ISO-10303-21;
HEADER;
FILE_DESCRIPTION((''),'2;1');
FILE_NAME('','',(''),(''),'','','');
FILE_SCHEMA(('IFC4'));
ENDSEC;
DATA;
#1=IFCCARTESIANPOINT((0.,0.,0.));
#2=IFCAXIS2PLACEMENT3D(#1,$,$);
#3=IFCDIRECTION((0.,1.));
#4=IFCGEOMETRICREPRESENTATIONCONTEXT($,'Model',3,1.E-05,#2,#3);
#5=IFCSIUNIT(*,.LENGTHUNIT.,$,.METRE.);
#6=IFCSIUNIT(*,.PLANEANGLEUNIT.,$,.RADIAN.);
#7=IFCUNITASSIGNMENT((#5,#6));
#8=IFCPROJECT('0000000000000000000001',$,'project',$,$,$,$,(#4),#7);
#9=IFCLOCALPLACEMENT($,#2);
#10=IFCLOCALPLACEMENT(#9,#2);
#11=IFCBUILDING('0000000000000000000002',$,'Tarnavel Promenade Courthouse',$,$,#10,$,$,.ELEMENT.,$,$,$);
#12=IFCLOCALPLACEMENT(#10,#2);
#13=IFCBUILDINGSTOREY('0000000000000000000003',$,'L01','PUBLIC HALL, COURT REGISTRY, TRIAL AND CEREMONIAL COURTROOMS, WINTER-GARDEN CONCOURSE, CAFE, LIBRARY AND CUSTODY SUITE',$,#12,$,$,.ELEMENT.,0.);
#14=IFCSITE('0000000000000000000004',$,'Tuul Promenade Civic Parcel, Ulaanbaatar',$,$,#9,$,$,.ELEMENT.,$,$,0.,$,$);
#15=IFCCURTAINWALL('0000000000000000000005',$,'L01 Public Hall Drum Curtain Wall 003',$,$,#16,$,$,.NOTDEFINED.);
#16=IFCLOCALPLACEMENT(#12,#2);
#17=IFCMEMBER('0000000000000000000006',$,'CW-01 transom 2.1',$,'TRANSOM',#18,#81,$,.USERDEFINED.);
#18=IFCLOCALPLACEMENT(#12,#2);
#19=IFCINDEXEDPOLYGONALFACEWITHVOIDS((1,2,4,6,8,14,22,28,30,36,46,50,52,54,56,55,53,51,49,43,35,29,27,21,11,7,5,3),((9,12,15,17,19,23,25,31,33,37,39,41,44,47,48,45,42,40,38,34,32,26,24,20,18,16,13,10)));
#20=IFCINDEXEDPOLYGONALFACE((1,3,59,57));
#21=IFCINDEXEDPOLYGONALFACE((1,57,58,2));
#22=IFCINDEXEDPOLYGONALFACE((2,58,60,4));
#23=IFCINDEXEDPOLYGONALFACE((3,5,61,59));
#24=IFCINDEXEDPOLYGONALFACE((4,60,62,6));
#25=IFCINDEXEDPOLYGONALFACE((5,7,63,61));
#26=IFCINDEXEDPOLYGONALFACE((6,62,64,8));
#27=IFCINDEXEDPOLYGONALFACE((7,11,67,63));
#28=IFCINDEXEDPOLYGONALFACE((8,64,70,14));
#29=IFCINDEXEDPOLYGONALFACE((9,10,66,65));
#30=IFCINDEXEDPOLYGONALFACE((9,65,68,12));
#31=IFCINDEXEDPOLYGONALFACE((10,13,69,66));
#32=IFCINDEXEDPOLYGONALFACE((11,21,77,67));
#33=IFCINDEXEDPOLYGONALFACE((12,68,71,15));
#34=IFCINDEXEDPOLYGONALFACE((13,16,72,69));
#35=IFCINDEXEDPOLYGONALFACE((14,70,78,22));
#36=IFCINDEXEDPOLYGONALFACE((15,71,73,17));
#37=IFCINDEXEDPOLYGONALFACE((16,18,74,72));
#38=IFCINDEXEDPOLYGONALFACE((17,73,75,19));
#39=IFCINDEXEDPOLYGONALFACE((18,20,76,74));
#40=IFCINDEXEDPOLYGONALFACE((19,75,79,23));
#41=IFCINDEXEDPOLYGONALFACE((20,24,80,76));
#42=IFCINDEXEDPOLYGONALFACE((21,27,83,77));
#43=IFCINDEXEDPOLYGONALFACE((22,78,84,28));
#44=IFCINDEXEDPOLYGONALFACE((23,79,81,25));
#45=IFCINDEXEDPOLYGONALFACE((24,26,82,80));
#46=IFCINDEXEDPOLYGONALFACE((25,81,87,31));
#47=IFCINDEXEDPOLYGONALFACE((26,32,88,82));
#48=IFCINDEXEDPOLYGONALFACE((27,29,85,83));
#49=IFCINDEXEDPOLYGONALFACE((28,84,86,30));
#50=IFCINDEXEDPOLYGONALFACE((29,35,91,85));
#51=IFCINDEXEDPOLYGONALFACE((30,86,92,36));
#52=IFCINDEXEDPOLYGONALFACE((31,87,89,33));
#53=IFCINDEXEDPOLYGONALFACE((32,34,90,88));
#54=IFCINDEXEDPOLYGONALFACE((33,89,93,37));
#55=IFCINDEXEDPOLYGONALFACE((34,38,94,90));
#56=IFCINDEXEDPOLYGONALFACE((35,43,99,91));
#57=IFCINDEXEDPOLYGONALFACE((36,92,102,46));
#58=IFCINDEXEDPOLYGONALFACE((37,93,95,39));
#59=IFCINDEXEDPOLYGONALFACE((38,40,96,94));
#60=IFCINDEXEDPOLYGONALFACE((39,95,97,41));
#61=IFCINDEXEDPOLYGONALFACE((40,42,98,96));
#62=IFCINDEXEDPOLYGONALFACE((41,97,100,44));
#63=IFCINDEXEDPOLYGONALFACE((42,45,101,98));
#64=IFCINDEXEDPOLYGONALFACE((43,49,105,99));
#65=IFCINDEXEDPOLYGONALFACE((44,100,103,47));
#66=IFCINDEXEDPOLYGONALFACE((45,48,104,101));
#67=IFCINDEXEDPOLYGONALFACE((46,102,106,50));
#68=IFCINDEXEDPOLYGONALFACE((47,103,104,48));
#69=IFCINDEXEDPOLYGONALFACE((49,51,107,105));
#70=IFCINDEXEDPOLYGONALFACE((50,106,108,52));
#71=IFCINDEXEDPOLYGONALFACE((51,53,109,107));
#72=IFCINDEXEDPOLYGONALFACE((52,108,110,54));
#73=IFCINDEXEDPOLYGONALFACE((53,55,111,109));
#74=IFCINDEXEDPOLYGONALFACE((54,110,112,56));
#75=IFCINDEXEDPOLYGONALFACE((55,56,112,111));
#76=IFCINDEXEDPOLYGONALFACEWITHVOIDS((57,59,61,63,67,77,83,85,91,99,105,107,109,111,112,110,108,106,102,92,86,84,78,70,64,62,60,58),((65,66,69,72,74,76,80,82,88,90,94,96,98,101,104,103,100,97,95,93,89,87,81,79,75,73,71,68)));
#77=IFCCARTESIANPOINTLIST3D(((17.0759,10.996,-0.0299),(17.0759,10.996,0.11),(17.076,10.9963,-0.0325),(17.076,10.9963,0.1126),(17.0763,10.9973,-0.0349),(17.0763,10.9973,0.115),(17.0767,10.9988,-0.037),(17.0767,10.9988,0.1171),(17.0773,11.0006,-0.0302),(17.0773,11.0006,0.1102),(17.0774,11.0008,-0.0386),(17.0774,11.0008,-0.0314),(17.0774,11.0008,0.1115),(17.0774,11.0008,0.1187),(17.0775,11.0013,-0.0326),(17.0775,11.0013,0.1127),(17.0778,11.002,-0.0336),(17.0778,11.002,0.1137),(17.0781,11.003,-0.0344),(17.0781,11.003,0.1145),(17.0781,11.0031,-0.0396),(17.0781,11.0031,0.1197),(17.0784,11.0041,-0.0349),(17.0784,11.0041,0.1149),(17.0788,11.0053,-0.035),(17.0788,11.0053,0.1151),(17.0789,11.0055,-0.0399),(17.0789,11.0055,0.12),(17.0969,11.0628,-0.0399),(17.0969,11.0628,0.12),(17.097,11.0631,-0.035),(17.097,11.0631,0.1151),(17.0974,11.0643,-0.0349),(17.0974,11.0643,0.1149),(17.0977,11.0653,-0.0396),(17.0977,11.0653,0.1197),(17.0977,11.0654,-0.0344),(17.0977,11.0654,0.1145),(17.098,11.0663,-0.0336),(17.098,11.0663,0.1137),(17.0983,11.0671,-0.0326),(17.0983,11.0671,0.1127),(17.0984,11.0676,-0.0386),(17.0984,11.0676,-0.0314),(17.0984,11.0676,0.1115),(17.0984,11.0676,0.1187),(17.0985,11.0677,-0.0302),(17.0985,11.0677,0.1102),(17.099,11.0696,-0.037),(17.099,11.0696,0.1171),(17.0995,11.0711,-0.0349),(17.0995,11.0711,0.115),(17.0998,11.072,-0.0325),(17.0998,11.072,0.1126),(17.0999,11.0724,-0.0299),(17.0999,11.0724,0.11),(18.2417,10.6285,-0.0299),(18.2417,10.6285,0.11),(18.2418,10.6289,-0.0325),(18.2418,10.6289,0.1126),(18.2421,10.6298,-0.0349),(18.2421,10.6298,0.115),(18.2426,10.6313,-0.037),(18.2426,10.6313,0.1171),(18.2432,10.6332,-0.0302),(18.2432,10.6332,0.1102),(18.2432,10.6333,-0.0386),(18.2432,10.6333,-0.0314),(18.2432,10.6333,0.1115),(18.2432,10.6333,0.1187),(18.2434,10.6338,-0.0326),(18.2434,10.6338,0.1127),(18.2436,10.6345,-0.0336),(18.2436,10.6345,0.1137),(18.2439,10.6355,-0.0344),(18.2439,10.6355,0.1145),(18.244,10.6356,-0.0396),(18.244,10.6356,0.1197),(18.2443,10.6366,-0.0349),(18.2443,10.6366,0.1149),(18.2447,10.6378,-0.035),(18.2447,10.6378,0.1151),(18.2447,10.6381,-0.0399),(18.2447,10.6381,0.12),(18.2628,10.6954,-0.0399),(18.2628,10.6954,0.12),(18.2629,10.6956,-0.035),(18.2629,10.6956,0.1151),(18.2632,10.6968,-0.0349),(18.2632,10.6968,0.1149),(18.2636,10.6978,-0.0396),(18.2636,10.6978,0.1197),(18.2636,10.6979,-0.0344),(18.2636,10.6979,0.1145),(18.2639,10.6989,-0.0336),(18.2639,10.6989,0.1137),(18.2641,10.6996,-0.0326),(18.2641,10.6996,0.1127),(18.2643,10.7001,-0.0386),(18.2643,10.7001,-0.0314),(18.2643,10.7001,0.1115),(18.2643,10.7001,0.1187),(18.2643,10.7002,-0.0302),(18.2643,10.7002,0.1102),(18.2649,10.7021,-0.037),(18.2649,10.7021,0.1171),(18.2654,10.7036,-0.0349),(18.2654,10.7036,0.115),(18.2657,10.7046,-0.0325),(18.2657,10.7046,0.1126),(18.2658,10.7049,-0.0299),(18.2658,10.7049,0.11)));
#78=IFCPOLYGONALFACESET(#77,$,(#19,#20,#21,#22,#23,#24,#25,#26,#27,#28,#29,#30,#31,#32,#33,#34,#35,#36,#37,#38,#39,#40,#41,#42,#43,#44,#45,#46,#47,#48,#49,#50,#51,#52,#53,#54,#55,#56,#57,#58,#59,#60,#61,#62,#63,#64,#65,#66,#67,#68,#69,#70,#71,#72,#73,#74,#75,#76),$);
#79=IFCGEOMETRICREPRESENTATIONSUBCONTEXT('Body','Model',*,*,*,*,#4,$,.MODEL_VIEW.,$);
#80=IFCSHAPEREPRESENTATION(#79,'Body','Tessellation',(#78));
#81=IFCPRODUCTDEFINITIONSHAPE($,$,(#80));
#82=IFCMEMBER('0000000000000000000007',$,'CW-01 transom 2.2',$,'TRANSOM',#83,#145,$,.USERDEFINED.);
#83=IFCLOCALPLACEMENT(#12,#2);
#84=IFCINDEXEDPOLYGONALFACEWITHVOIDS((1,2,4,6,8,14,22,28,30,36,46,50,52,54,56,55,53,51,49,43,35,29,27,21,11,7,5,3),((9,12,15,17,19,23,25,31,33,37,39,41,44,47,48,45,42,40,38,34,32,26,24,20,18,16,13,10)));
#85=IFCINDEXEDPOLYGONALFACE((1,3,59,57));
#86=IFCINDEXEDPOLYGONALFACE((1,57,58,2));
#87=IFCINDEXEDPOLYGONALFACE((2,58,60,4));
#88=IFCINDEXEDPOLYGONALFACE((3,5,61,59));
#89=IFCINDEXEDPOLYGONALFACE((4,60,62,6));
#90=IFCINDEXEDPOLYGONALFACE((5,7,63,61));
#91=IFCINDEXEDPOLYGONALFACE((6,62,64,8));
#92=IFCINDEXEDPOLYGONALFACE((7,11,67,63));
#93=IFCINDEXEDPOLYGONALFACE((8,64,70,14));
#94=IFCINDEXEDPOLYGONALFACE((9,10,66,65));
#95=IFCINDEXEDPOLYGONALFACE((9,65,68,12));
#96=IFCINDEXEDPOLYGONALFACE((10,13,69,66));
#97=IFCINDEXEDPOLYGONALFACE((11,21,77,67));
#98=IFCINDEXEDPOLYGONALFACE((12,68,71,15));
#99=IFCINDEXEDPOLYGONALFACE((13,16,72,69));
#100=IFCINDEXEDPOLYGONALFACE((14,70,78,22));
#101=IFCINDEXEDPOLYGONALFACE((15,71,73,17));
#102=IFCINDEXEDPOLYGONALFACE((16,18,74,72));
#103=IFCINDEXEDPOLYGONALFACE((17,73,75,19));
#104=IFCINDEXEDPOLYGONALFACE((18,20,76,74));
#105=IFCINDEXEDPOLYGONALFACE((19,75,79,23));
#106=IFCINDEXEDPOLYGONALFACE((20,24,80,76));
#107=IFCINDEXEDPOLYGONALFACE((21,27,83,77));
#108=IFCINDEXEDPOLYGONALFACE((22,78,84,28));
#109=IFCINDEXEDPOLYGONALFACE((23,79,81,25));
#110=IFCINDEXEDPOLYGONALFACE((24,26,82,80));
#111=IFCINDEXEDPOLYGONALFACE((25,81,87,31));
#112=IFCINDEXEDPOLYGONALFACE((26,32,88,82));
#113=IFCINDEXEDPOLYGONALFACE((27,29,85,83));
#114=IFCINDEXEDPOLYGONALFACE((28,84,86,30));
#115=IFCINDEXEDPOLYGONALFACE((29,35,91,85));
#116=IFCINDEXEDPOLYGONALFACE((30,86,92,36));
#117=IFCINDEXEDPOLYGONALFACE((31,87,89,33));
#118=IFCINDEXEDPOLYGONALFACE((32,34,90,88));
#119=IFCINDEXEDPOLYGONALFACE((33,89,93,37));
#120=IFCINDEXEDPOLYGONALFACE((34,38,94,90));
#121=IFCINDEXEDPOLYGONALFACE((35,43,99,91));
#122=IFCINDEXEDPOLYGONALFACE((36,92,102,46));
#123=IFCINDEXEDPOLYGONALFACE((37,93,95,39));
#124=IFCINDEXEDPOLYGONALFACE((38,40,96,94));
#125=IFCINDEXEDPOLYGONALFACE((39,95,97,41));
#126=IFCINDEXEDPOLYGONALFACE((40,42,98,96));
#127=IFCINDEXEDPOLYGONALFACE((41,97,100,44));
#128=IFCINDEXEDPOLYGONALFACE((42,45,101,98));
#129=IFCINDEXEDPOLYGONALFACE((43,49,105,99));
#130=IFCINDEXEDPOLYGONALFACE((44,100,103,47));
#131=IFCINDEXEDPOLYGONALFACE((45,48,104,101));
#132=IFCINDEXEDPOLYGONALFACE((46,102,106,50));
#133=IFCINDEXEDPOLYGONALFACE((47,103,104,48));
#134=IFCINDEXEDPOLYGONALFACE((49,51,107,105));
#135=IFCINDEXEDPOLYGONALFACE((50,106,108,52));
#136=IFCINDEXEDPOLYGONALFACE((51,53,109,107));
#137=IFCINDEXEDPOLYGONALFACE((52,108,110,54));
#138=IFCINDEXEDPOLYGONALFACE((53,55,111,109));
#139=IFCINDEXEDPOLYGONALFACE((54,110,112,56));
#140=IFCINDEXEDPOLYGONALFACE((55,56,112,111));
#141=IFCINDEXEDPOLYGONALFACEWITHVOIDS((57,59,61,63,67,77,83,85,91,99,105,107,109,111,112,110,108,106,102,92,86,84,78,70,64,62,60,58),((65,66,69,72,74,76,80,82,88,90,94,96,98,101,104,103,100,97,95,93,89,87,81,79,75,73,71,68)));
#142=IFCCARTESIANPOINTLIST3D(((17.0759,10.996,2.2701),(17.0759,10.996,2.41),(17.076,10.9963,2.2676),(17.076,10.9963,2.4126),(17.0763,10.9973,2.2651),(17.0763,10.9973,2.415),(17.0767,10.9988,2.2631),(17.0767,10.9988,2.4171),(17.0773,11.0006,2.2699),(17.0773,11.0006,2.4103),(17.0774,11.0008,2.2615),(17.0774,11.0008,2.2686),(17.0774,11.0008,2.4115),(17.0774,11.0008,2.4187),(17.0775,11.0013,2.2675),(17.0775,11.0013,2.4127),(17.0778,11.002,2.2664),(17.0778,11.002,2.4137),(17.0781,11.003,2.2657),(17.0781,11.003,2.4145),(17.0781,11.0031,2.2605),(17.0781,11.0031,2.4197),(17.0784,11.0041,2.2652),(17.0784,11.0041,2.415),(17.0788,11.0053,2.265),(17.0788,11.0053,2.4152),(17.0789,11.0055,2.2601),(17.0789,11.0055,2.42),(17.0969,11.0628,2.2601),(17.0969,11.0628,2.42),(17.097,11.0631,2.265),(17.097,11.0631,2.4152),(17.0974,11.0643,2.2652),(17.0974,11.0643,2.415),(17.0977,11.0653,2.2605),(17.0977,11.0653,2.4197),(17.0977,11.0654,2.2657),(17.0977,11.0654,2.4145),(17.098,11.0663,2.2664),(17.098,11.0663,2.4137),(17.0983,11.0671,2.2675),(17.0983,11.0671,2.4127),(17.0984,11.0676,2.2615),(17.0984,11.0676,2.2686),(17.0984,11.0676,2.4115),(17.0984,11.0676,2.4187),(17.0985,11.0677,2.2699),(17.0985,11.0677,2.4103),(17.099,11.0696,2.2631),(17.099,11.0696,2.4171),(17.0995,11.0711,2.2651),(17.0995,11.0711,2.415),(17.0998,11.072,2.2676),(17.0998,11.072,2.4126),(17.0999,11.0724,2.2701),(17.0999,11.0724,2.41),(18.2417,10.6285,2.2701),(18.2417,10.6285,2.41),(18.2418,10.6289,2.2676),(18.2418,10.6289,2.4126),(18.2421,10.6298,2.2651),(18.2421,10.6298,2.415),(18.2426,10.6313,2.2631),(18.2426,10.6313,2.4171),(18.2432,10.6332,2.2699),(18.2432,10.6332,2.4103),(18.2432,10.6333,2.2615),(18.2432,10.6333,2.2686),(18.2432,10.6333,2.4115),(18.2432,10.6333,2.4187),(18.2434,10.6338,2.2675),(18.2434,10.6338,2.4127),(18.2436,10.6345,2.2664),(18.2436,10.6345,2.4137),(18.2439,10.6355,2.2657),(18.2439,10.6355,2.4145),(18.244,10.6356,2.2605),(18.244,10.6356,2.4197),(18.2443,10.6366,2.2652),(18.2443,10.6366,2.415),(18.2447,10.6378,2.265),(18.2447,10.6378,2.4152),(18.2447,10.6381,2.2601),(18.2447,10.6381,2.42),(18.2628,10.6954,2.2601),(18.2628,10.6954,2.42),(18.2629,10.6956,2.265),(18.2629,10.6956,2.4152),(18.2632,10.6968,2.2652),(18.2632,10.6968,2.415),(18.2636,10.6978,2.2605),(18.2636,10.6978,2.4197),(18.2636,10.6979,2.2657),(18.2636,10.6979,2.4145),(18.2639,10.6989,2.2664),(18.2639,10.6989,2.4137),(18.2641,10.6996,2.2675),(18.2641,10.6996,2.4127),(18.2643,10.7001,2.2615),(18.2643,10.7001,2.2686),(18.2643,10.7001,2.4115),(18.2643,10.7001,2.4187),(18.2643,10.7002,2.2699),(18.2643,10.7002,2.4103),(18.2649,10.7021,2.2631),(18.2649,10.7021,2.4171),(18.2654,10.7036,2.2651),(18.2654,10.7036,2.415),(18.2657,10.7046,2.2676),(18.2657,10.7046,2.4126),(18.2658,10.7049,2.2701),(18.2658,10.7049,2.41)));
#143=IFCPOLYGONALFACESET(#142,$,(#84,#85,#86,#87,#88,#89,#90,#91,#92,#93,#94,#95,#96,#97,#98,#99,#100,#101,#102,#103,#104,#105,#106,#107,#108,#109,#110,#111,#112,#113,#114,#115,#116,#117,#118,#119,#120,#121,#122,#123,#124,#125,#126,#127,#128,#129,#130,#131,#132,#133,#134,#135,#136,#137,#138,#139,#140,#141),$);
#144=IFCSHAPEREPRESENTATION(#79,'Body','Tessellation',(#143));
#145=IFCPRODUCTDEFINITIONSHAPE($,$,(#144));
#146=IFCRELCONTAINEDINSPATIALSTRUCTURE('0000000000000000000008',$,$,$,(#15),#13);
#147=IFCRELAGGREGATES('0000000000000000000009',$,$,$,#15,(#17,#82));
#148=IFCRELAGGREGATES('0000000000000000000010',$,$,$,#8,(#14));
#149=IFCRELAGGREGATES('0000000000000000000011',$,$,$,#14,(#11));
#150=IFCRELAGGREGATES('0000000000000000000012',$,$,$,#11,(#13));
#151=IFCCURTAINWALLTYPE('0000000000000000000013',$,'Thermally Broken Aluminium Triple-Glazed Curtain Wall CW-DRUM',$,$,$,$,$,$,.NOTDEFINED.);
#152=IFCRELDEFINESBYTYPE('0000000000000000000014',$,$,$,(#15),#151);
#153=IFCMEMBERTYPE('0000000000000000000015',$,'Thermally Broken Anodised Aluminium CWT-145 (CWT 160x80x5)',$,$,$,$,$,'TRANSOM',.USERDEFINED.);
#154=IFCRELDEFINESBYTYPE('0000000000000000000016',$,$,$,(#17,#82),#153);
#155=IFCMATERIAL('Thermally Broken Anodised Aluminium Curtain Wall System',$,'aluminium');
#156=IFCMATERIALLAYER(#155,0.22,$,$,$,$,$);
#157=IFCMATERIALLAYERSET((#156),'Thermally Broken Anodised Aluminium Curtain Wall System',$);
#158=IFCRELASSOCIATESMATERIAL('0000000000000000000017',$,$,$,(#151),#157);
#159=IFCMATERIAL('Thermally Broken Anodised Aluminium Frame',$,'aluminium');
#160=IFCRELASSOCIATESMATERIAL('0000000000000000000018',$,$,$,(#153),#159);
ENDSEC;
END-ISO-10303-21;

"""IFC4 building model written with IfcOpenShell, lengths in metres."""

from ifc_helpers import new_model, si_unit, direction, frame, origin, origin_2d, place, context, subcontext, project, spatial, hollow_rectangle, extrude, material, layer, layer_set, material_profile, profile_set, type_object, element, aggregate, save


model = new_model("IFC4")

# Units and contexts
model_context = context("Model", 3, precision=1e-05, world=origin(), true_north=direction((0.0, 1.0)))
body_context = subcontext(model_context, "Body", "Model", "MODEL_VIEW")
ifc_project = project(units=[si_unit("LENGTHUNIT", "METRE"), si_unit("PLANEANGLEUNIT", "RADIAN")], contexts=[model_context])

# Site, building, storey
site_placement = place(None, origin())
site = spatial("IfcSite", under=ifc_project, at=site_placement, Name="Tuul Promenade Civic Parcel, Ulaanbaatar", CompositionType="ELEMENT", RefElevation=0.0)
building_placement = place(site_placement, origin())
building = spatial("IfcBuilding", under=site, at=building_placement, Name="Tarnavel Promenade Courthouse", CompositionType="ELEMENT")
storey_placement = place(building_placement, origin())
storey = spatial("IfcBuildingStorey", under=building, at=storey_placement, Name="L01", Description="PUBLIC HALL, COURT REGISTRY, TRIAL AND CEREMONIAL COURTROOMS, WINTER-GARDEN CONCOURSE, CAFE, LIBRARY AND CUSTODY SUITE", CompositionType="ELEMENT", Elevation=0.0)

# Curtain wall
ifc_material_1 = material(Name="Thermally Broken Anodised Aluminium Curtain Wall System", Category="aluminium")
ifc_layer_1 = layer(ifc_material_1, 0.22)
ifc_layer_set_1 = layer_set([ifc_layer_1], Name="Thermally Broken Anodised Aluminium Curtain Wall System")
curtain_wall_type = type_object("IfcCurtainWallType", Name="Thermally Broken Aluminium Triple-Glazed Curtain Wall CW-DRUM", PredefinedType="NOTDEFINED", material=ifc_layer_set_1)
ifc_material_2 = material(Name="Thermally Broken Anodised Aluminium Frame", Category="aluminium")
curtain_wall_1_placement = place(storey_placement, origin())
curtain_wall_1 = element("IfcCurtainWall", 1, at=curtain_wall_1_placement, inside=storey, type_object=curtain_wall_type, Name="L01 Public Hall Drum Curtain Wall 003", PredefinedType="NOTDEFINED")

# Members
ifc_material_profile_1 = material_profile(ifc_material_2, hollow_rectangle(XDim=0.0801, YDim=0.1599, WallThickness=0.0049, InnerFilletRadius=0.0049, OuterFilletRadius=0.01, at=origin_2d()), Name="CWT 160x80x5")
ifc_profile_set_1 = profile_set([ifc_material_profile_1], Name="Thermally Broken Anodised Aluminium Frame")
member_type_1 = type_object("IfcMemberType", Name="Thermally Broken Anodised Aluminium CWT-145 (CWT 160x80x5)", ElementType="TRANSOM", PredefinedType="USERDEFINED", material=ifc_profile_set_1)
member_1_placement = place(storey_placement, frame((17.0879, 11.0342, 0.04), z_axis=(0.953749, -0.300606, 0.0), x_axis=(0.300606, 0.953749, 0.0)))
member_1 = element("IfcMember", 2, at=member_1_placement, type_object=member_type_1, Name="CW-01 transom 2.1", ObjectType="TRANSOM", PredefinedType="USERDEFINED", context=body_context, shape_type="SweptSolid", body=[
    extrude(hollow_rectangle(XDim=0.0801, YDim=0.1599, WallThickness=0.0049, InnerFilletRadius=0.0049, OuterFilletRadius=0.01, at=origin_2d()), origin(), (0.0, 0.0, 1.0), 1.2224),
])
member_2_placement = place(storey_placement, frame((17.0879, 11.0342, 2.3401), z_axis=(0.953749, -0.300606, 0.0), x_axis=(0.300606, 0.953749, 0.0)))
member_2 = element("IfcMember", 3, at=member_2_placement, type_object=member_type_1, Name="CW-01 transom 2.2", ObjectType="TRANSOM", PredefinedType="USERDEFINED", context=body_context, shape_type="SweptSolid", body=[
    extrude(hollow_rectangle(XDim=0.0801, YDim=0.1599, WallThickness=0.0049, InnerFilletRadius=0.0049, OuterFilletRadius=0.01, at=origin_2d()), origin(), (0.0, 0.0, 1.0), 1.2224),
])

aggregate(curtain_wall_1, [member_1, member_2])

save(model, "model.ifc")
